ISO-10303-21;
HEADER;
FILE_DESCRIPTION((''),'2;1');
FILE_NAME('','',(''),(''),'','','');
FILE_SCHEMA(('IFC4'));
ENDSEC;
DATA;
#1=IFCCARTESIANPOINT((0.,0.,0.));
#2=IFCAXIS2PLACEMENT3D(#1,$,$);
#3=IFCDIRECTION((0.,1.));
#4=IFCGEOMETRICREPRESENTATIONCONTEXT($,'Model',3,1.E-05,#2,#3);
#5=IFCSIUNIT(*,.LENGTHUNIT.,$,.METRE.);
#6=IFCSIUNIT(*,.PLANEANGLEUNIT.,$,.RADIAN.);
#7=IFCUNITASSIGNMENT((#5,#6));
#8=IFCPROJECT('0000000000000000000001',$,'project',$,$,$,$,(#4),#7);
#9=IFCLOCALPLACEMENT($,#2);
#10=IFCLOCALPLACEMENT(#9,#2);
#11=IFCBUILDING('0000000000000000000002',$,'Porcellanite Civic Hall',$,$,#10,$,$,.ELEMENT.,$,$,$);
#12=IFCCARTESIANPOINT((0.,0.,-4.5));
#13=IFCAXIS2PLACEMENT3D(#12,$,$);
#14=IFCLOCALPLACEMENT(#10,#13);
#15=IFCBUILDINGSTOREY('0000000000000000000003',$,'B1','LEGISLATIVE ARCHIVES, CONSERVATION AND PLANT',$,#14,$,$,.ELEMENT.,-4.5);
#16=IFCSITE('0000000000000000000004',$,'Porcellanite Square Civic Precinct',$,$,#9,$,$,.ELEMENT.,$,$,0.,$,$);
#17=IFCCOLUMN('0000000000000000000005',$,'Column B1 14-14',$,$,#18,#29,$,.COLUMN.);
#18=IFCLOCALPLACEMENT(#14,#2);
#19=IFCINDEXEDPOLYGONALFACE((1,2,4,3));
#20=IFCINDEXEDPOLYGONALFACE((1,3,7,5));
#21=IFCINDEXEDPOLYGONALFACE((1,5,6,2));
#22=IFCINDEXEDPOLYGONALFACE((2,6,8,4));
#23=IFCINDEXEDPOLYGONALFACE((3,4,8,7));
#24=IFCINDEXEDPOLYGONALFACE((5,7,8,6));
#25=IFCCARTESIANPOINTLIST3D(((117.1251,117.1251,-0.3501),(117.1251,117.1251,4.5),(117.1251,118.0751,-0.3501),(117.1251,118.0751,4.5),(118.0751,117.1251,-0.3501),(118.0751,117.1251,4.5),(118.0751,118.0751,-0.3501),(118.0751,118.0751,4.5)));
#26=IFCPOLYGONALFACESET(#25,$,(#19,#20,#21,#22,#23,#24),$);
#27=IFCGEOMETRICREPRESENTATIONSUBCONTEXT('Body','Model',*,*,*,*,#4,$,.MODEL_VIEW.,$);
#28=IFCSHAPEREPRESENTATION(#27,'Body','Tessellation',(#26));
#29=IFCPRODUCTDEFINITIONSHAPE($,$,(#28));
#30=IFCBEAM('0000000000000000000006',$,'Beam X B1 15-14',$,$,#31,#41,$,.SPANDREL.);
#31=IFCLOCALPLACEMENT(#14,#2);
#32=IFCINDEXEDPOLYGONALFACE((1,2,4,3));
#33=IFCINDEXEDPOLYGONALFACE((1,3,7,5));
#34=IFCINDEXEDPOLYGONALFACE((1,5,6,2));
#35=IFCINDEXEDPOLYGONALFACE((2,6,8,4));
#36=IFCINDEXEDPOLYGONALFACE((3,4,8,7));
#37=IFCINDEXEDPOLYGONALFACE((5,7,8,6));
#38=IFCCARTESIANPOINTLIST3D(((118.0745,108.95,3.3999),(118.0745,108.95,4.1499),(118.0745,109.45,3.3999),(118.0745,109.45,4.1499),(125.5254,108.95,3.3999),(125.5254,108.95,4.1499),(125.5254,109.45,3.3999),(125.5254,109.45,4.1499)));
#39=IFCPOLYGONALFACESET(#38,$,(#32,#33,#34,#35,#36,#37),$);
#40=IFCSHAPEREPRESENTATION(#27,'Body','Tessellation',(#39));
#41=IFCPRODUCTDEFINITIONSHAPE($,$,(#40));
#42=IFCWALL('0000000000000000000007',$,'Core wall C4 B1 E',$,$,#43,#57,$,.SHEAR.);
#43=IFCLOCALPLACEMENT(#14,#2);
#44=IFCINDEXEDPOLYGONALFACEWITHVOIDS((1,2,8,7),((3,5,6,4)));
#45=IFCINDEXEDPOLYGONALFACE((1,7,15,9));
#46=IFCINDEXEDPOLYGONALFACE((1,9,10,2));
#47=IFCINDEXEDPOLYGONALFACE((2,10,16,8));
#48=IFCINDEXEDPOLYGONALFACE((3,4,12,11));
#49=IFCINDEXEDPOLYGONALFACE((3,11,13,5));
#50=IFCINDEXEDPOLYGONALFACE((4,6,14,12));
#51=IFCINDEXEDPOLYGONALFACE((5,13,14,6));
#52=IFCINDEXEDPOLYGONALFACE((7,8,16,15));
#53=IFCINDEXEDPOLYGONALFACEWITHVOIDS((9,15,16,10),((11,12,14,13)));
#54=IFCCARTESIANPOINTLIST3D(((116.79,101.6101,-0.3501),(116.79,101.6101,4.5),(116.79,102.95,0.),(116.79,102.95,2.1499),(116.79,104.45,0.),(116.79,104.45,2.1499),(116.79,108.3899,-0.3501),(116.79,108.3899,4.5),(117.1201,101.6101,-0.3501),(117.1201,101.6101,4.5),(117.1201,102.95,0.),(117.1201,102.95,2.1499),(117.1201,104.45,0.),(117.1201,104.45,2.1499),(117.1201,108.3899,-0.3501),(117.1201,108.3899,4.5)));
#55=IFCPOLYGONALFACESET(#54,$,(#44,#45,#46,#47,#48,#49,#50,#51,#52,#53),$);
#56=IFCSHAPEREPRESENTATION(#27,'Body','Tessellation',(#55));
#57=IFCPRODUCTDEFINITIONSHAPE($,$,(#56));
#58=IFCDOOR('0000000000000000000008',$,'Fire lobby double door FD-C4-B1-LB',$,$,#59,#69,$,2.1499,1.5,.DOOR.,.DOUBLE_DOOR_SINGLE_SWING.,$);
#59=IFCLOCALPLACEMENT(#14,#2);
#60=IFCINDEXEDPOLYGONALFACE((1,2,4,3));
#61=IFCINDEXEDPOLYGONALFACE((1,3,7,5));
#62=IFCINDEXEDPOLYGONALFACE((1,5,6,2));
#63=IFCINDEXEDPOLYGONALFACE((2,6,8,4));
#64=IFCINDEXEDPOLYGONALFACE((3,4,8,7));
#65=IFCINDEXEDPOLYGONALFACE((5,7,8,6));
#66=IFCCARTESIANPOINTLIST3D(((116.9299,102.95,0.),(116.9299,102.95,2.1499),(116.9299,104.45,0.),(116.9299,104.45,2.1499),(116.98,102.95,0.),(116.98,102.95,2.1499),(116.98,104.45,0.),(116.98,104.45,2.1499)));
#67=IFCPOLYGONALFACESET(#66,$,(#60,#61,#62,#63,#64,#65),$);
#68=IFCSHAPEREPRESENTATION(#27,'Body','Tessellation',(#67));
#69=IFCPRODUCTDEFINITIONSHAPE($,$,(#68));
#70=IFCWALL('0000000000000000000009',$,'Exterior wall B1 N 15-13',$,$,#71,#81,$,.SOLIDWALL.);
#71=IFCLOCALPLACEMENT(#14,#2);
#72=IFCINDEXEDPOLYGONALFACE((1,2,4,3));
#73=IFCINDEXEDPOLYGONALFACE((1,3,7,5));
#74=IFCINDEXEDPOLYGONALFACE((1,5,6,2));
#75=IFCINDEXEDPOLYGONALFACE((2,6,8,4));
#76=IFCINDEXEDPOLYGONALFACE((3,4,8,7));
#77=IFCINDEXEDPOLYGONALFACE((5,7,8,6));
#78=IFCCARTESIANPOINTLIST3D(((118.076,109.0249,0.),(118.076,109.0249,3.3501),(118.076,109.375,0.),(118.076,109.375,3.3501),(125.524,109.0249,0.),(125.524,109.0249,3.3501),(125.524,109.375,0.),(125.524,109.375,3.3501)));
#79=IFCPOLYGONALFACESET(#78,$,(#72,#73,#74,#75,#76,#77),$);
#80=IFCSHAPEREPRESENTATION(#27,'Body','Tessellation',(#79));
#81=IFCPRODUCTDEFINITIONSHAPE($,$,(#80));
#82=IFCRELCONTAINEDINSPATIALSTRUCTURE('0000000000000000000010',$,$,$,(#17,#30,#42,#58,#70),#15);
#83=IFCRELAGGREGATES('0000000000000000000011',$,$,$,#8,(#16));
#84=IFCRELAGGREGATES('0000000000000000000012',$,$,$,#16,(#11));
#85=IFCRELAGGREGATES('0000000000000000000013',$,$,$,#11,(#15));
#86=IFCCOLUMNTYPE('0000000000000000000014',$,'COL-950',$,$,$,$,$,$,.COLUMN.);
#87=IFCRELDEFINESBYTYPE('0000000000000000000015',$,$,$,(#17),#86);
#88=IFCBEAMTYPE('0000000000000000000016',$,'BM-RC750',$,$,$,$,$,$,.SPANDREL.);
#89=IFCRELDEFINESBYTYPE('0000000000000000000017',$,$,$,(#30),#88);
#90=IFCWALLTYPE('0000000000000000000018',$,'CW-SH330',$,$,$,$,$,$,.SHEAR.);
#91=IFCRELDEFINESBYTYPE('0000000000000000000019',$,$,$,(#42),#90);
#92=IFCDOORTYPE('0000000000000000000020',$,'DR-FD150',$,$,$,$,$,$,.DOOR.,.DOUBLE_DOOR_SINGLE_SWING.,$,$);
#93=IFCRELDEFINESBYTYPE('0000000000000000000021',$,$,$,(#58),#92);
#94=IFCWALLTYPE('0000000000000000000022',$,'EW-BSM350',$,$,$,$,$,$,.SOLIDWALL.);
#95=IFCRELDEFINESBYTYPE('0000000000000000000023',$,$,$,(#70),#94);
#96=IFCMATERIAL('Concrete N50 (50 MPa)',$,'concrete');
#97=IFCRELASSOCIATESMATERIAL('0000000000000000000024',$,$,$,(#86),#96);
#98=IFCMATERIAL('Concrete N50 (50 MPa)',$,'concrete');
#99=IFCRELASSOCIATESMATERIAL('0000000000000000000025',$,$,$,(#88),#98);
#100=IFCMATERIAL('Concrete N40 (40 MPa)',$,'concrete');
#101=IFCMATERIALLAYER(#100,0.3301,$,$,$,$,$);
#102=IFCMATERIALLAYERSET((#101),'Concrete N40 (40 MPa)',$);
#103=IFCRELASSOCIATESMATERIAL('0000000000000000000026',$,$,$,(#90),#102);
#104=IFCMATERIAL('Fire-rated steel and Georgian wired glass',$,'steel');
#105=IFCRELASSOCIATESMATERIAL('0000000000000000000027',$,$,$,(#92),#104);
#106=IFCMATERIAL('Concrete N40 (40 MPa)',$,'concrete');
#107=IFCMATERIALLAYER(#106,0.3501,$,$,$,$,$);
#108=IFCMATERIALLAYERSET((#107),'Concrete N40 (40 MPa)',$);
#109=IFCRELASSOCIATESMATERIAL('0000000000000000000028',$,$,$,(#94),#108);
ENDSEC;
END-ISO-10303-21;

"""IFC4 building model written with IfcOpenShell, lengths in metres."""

from ifc_helpers import new_model, si_unit, direction, frame, frame_2d, origin, origin_2d, place, context, subcontext, project, spatial, rectangle, extrude, material, layer, layer_set, material_profile, profile_set, type_object, element, fill, save


model = new_model("IFC4")

# Units and contexts
model_context = context("Model", 3, precision=1e-05, world=origin(), true_north=direction((0.0, 1.0)))
body_context = subcontext(model_context, "Body", "Model", "MODEL_VIEW")
ifc_project = project(units=[si_unit("LENGTHUNIT", "METRE"), si_unit("PLANEANGLEUNIT", "RADIAN")], contexts=[model_context])

# Site, building, storey
site_placement = place(None, origin())
site = spatial("IfcSite", under=ifc_project, at=site_placement, Name="Porcellanite Square Civic Precinct", CompositionType="ELEMENT", RefElevation=0.0)
building_placement = place(site_placement, origin())
building = spatial("IfcBuilding", under=site, at=building_placement, Name="Porcellanite Civic Hall", CompositionType="ELEMENT")
storey_placement = place(building_placement, frame((0.0, 0.0, -4.5)))
storey = spatial("IfcBuildingStorey", under=building, at=storey_placement, Name="B1", Description="LEGISLATIVE ARCHIVES, CONSERVATION AND PLANT", CompositionType="ELEMENT", Elevation=-4.5)

# Column
ifc_material_1 = material(Name="Concrete N50 (50 MPa)", Category="concrete")
ifc_material_profile_1 = material_profile(ifc_material_1, rectangle(XDim=0.95, YDim=0.95, at=origin_2d()), Name="RC-950x950")
ifc_profile_set_1 = profile_set([ifc_material_profile_1], Name="Concrete N50 (50 MPa)")
column_type = type_object("IfcColumnType", Name="COL-950", PredefinedType="COLUMN", material=ifc_profile_set_1)
for number, where, z_axis, x_axis, name in (
    (1, (117.6001, 117.6001, -0.3501), (0.0, 0.0, 1.0), (1.0, 0.0, 0.0), "Column B1 14-14"),
):
    element("IfcColumn", number, at=place(storey_placement, frame(where, z_axis=z_axis, x_axis=x_axis)), inside=storey, type_object=column_type, Name=name, PredefinedType="COLUMN", context=body_context, shape_type="SweptSolid", body=[
        extrude(rectangle(XDim=0.95, YDim=0.95, at=origin_2d()), origin(), (0.0, 0.0, 1.0), 4.8501),
    ])

# Beam
ifc_material_2 = material(Name="Concrete N50 (50 MPa)", Category="concrete")
ifc_material_profile_2 = material_profile(ifc_material_2, rectangle(XDim=0.5, YDim=0.75, at=origin_2d()), Name="RC-500x750")
ifc_profile_set_2 = profile_set([ifc_material_profile_2], Name="Concrete N50 (50 MPa)")
beam_type = type_object("IfcBeamType", Name="BM-RC750", PredefinedType="SPANDREL", material=ifc_profile_set_2)
beam_placement = place(storey_placement, frame((118.0745, 109.2, 3.7749), z_axis=(1.0, 0.0, 0.0), x_axis=(0.0, 1.0, 0.0)))
element("IfcBeam", 2, at=beam_placement, inside=storey, type_object=beam_type, Name="Beam X B1 15-14", PredefinedType="SPANDREL", context=body_context, shape_type="SweptSolid", body=[
    extrude(rectangle(XDim=0.5, YDim=0.75, at=origin_2d()), origin(), (0.0, 0.0, 1.0), 7.4509),
])

# Wall, opening, door
ifc_material_3 = material(Name="Concrete N40 (40 MPa)", Category="concrete")
ifc_layer_1 = layer(ifc_material_3, 0.3301)
ifc_layer_set_1 = layer_set([ifc_layer_1], Name="Concrete N40 (40 MPa)")
wall_type_1 = type_object("IfcWallType", Name="CW-SH330", PredefinedType="SHEAR", material=ifc_layer_set_1)
wall_1_placement = place(storey_placement, frame((116.9551, 108.3899, -0.3501), z_axis=(0.0, 0.0, 1.0), x_axis=(0.0, -1.0, 0.0)))
wall_1 = element("IfcWall", 3, at=wall_1_placement, inside=storey, type_object=wall_type_1, Name="Core wall C4 B1 E", PredefinedType="SHEAR", context=body_context, shape_type="SweptSolid", body=[
    extrude(rectangle(XDim=6.7798, YDim=0.3301, at=frame_2d((3.3899, 0.0))), origin(), (0.0, 0.0, 1.0), 4.8501),
])
opening_placement = place(wall_1_placement, frame((3.9399, 0.0, 0.3501)))
opening = element("IfcOpeningElement", 4, at=opening_placement, cuts=wall_1, PredefinedType="OPENING", context=body_context, shape_type="SweptSolid", body=[
    extrude(rectangle(XDim=1.5, YDim=2.1499, at=frame_2d((0.75, 1.075))), frame((0.0, 0.165, 0.0), z_axis=(0.0, -1.0, 0.0), x_axis=(1.0, 0.0, 0.0)), (0.0, 0.0, 1.0), 0.3301),
])
ifc_material_4 = material(Name="Fire-rated steel and Georgian wired glass", Category="steel")
door_type = type_object("IfcDoorType", Name="DR-FD150", OperationType="DOUBLE_DOOR_SINGLE_SWING", PredefinedType="DOOR", material=ifc_material_4)
door_placement = place(opening_placement, origin())
door = element("IfcDoor", 5, at=door_placement, inside=storey, type_object=door_type, Name="Fire lobby double door FD-C4-B1-LB", OperationType="DOUBLE_DOOR_SINGLE_SWING", OverallHeight=2.1499, OverallWidth=1.5, PredefinedType="DOOR", context=body_context, shape_type="SweptSolid", body=[
    extrude(rectangle(XDim=1.5, YDim=2.1499, at=frame_2d((0.75, 1.075))), frame((0.0, 0.0249, 0.0), z_axis=(0.0, -1.0, 0.0), x_axis=(1.0, 0.0, 0.0)), (0.0, 0.0, 1.0), 0.05),
])
fill(opening, door)

# Wall
ifc_material_5 = material(Name="Concrete N40 (40 MPa)", Category="concrete")
ifc_layer_2 = layer(ifc_material_5, 0.3501)
ifc_layer_set_2 = layer_set([ifc_layer_2], Name="Concrete N40 (40 MPa)")
wall_type_2 = type_object("IfcWallType", Name="EW-BSM350", PredefinedType="SOLIDWALL", material=ifc_layer_set_2)
wall_2_placement = place(storey_placement, frame((118.0759, 109.2, 0.0), z_axis=(0.0, 0.0, 1.0), x_axis=(1.0, 0.0, 0.0)))
element("IfcWall", 6, at=wall_2_placement, inside=storey, type_object=wall_type_2, Name="Exterior wall B1 N 15-13", PredefinedType="SOLIDWALL", context=body_context, shape_type="SweptSolid", body=[
    extrude(rectangle(XDim=7.448, YDim=0.3501, at=frame_2d((3.7241, 0.0))), origin(), (0.0, 0.0, 1.0), 3.3501),
])

save(model, "model.ifc")
